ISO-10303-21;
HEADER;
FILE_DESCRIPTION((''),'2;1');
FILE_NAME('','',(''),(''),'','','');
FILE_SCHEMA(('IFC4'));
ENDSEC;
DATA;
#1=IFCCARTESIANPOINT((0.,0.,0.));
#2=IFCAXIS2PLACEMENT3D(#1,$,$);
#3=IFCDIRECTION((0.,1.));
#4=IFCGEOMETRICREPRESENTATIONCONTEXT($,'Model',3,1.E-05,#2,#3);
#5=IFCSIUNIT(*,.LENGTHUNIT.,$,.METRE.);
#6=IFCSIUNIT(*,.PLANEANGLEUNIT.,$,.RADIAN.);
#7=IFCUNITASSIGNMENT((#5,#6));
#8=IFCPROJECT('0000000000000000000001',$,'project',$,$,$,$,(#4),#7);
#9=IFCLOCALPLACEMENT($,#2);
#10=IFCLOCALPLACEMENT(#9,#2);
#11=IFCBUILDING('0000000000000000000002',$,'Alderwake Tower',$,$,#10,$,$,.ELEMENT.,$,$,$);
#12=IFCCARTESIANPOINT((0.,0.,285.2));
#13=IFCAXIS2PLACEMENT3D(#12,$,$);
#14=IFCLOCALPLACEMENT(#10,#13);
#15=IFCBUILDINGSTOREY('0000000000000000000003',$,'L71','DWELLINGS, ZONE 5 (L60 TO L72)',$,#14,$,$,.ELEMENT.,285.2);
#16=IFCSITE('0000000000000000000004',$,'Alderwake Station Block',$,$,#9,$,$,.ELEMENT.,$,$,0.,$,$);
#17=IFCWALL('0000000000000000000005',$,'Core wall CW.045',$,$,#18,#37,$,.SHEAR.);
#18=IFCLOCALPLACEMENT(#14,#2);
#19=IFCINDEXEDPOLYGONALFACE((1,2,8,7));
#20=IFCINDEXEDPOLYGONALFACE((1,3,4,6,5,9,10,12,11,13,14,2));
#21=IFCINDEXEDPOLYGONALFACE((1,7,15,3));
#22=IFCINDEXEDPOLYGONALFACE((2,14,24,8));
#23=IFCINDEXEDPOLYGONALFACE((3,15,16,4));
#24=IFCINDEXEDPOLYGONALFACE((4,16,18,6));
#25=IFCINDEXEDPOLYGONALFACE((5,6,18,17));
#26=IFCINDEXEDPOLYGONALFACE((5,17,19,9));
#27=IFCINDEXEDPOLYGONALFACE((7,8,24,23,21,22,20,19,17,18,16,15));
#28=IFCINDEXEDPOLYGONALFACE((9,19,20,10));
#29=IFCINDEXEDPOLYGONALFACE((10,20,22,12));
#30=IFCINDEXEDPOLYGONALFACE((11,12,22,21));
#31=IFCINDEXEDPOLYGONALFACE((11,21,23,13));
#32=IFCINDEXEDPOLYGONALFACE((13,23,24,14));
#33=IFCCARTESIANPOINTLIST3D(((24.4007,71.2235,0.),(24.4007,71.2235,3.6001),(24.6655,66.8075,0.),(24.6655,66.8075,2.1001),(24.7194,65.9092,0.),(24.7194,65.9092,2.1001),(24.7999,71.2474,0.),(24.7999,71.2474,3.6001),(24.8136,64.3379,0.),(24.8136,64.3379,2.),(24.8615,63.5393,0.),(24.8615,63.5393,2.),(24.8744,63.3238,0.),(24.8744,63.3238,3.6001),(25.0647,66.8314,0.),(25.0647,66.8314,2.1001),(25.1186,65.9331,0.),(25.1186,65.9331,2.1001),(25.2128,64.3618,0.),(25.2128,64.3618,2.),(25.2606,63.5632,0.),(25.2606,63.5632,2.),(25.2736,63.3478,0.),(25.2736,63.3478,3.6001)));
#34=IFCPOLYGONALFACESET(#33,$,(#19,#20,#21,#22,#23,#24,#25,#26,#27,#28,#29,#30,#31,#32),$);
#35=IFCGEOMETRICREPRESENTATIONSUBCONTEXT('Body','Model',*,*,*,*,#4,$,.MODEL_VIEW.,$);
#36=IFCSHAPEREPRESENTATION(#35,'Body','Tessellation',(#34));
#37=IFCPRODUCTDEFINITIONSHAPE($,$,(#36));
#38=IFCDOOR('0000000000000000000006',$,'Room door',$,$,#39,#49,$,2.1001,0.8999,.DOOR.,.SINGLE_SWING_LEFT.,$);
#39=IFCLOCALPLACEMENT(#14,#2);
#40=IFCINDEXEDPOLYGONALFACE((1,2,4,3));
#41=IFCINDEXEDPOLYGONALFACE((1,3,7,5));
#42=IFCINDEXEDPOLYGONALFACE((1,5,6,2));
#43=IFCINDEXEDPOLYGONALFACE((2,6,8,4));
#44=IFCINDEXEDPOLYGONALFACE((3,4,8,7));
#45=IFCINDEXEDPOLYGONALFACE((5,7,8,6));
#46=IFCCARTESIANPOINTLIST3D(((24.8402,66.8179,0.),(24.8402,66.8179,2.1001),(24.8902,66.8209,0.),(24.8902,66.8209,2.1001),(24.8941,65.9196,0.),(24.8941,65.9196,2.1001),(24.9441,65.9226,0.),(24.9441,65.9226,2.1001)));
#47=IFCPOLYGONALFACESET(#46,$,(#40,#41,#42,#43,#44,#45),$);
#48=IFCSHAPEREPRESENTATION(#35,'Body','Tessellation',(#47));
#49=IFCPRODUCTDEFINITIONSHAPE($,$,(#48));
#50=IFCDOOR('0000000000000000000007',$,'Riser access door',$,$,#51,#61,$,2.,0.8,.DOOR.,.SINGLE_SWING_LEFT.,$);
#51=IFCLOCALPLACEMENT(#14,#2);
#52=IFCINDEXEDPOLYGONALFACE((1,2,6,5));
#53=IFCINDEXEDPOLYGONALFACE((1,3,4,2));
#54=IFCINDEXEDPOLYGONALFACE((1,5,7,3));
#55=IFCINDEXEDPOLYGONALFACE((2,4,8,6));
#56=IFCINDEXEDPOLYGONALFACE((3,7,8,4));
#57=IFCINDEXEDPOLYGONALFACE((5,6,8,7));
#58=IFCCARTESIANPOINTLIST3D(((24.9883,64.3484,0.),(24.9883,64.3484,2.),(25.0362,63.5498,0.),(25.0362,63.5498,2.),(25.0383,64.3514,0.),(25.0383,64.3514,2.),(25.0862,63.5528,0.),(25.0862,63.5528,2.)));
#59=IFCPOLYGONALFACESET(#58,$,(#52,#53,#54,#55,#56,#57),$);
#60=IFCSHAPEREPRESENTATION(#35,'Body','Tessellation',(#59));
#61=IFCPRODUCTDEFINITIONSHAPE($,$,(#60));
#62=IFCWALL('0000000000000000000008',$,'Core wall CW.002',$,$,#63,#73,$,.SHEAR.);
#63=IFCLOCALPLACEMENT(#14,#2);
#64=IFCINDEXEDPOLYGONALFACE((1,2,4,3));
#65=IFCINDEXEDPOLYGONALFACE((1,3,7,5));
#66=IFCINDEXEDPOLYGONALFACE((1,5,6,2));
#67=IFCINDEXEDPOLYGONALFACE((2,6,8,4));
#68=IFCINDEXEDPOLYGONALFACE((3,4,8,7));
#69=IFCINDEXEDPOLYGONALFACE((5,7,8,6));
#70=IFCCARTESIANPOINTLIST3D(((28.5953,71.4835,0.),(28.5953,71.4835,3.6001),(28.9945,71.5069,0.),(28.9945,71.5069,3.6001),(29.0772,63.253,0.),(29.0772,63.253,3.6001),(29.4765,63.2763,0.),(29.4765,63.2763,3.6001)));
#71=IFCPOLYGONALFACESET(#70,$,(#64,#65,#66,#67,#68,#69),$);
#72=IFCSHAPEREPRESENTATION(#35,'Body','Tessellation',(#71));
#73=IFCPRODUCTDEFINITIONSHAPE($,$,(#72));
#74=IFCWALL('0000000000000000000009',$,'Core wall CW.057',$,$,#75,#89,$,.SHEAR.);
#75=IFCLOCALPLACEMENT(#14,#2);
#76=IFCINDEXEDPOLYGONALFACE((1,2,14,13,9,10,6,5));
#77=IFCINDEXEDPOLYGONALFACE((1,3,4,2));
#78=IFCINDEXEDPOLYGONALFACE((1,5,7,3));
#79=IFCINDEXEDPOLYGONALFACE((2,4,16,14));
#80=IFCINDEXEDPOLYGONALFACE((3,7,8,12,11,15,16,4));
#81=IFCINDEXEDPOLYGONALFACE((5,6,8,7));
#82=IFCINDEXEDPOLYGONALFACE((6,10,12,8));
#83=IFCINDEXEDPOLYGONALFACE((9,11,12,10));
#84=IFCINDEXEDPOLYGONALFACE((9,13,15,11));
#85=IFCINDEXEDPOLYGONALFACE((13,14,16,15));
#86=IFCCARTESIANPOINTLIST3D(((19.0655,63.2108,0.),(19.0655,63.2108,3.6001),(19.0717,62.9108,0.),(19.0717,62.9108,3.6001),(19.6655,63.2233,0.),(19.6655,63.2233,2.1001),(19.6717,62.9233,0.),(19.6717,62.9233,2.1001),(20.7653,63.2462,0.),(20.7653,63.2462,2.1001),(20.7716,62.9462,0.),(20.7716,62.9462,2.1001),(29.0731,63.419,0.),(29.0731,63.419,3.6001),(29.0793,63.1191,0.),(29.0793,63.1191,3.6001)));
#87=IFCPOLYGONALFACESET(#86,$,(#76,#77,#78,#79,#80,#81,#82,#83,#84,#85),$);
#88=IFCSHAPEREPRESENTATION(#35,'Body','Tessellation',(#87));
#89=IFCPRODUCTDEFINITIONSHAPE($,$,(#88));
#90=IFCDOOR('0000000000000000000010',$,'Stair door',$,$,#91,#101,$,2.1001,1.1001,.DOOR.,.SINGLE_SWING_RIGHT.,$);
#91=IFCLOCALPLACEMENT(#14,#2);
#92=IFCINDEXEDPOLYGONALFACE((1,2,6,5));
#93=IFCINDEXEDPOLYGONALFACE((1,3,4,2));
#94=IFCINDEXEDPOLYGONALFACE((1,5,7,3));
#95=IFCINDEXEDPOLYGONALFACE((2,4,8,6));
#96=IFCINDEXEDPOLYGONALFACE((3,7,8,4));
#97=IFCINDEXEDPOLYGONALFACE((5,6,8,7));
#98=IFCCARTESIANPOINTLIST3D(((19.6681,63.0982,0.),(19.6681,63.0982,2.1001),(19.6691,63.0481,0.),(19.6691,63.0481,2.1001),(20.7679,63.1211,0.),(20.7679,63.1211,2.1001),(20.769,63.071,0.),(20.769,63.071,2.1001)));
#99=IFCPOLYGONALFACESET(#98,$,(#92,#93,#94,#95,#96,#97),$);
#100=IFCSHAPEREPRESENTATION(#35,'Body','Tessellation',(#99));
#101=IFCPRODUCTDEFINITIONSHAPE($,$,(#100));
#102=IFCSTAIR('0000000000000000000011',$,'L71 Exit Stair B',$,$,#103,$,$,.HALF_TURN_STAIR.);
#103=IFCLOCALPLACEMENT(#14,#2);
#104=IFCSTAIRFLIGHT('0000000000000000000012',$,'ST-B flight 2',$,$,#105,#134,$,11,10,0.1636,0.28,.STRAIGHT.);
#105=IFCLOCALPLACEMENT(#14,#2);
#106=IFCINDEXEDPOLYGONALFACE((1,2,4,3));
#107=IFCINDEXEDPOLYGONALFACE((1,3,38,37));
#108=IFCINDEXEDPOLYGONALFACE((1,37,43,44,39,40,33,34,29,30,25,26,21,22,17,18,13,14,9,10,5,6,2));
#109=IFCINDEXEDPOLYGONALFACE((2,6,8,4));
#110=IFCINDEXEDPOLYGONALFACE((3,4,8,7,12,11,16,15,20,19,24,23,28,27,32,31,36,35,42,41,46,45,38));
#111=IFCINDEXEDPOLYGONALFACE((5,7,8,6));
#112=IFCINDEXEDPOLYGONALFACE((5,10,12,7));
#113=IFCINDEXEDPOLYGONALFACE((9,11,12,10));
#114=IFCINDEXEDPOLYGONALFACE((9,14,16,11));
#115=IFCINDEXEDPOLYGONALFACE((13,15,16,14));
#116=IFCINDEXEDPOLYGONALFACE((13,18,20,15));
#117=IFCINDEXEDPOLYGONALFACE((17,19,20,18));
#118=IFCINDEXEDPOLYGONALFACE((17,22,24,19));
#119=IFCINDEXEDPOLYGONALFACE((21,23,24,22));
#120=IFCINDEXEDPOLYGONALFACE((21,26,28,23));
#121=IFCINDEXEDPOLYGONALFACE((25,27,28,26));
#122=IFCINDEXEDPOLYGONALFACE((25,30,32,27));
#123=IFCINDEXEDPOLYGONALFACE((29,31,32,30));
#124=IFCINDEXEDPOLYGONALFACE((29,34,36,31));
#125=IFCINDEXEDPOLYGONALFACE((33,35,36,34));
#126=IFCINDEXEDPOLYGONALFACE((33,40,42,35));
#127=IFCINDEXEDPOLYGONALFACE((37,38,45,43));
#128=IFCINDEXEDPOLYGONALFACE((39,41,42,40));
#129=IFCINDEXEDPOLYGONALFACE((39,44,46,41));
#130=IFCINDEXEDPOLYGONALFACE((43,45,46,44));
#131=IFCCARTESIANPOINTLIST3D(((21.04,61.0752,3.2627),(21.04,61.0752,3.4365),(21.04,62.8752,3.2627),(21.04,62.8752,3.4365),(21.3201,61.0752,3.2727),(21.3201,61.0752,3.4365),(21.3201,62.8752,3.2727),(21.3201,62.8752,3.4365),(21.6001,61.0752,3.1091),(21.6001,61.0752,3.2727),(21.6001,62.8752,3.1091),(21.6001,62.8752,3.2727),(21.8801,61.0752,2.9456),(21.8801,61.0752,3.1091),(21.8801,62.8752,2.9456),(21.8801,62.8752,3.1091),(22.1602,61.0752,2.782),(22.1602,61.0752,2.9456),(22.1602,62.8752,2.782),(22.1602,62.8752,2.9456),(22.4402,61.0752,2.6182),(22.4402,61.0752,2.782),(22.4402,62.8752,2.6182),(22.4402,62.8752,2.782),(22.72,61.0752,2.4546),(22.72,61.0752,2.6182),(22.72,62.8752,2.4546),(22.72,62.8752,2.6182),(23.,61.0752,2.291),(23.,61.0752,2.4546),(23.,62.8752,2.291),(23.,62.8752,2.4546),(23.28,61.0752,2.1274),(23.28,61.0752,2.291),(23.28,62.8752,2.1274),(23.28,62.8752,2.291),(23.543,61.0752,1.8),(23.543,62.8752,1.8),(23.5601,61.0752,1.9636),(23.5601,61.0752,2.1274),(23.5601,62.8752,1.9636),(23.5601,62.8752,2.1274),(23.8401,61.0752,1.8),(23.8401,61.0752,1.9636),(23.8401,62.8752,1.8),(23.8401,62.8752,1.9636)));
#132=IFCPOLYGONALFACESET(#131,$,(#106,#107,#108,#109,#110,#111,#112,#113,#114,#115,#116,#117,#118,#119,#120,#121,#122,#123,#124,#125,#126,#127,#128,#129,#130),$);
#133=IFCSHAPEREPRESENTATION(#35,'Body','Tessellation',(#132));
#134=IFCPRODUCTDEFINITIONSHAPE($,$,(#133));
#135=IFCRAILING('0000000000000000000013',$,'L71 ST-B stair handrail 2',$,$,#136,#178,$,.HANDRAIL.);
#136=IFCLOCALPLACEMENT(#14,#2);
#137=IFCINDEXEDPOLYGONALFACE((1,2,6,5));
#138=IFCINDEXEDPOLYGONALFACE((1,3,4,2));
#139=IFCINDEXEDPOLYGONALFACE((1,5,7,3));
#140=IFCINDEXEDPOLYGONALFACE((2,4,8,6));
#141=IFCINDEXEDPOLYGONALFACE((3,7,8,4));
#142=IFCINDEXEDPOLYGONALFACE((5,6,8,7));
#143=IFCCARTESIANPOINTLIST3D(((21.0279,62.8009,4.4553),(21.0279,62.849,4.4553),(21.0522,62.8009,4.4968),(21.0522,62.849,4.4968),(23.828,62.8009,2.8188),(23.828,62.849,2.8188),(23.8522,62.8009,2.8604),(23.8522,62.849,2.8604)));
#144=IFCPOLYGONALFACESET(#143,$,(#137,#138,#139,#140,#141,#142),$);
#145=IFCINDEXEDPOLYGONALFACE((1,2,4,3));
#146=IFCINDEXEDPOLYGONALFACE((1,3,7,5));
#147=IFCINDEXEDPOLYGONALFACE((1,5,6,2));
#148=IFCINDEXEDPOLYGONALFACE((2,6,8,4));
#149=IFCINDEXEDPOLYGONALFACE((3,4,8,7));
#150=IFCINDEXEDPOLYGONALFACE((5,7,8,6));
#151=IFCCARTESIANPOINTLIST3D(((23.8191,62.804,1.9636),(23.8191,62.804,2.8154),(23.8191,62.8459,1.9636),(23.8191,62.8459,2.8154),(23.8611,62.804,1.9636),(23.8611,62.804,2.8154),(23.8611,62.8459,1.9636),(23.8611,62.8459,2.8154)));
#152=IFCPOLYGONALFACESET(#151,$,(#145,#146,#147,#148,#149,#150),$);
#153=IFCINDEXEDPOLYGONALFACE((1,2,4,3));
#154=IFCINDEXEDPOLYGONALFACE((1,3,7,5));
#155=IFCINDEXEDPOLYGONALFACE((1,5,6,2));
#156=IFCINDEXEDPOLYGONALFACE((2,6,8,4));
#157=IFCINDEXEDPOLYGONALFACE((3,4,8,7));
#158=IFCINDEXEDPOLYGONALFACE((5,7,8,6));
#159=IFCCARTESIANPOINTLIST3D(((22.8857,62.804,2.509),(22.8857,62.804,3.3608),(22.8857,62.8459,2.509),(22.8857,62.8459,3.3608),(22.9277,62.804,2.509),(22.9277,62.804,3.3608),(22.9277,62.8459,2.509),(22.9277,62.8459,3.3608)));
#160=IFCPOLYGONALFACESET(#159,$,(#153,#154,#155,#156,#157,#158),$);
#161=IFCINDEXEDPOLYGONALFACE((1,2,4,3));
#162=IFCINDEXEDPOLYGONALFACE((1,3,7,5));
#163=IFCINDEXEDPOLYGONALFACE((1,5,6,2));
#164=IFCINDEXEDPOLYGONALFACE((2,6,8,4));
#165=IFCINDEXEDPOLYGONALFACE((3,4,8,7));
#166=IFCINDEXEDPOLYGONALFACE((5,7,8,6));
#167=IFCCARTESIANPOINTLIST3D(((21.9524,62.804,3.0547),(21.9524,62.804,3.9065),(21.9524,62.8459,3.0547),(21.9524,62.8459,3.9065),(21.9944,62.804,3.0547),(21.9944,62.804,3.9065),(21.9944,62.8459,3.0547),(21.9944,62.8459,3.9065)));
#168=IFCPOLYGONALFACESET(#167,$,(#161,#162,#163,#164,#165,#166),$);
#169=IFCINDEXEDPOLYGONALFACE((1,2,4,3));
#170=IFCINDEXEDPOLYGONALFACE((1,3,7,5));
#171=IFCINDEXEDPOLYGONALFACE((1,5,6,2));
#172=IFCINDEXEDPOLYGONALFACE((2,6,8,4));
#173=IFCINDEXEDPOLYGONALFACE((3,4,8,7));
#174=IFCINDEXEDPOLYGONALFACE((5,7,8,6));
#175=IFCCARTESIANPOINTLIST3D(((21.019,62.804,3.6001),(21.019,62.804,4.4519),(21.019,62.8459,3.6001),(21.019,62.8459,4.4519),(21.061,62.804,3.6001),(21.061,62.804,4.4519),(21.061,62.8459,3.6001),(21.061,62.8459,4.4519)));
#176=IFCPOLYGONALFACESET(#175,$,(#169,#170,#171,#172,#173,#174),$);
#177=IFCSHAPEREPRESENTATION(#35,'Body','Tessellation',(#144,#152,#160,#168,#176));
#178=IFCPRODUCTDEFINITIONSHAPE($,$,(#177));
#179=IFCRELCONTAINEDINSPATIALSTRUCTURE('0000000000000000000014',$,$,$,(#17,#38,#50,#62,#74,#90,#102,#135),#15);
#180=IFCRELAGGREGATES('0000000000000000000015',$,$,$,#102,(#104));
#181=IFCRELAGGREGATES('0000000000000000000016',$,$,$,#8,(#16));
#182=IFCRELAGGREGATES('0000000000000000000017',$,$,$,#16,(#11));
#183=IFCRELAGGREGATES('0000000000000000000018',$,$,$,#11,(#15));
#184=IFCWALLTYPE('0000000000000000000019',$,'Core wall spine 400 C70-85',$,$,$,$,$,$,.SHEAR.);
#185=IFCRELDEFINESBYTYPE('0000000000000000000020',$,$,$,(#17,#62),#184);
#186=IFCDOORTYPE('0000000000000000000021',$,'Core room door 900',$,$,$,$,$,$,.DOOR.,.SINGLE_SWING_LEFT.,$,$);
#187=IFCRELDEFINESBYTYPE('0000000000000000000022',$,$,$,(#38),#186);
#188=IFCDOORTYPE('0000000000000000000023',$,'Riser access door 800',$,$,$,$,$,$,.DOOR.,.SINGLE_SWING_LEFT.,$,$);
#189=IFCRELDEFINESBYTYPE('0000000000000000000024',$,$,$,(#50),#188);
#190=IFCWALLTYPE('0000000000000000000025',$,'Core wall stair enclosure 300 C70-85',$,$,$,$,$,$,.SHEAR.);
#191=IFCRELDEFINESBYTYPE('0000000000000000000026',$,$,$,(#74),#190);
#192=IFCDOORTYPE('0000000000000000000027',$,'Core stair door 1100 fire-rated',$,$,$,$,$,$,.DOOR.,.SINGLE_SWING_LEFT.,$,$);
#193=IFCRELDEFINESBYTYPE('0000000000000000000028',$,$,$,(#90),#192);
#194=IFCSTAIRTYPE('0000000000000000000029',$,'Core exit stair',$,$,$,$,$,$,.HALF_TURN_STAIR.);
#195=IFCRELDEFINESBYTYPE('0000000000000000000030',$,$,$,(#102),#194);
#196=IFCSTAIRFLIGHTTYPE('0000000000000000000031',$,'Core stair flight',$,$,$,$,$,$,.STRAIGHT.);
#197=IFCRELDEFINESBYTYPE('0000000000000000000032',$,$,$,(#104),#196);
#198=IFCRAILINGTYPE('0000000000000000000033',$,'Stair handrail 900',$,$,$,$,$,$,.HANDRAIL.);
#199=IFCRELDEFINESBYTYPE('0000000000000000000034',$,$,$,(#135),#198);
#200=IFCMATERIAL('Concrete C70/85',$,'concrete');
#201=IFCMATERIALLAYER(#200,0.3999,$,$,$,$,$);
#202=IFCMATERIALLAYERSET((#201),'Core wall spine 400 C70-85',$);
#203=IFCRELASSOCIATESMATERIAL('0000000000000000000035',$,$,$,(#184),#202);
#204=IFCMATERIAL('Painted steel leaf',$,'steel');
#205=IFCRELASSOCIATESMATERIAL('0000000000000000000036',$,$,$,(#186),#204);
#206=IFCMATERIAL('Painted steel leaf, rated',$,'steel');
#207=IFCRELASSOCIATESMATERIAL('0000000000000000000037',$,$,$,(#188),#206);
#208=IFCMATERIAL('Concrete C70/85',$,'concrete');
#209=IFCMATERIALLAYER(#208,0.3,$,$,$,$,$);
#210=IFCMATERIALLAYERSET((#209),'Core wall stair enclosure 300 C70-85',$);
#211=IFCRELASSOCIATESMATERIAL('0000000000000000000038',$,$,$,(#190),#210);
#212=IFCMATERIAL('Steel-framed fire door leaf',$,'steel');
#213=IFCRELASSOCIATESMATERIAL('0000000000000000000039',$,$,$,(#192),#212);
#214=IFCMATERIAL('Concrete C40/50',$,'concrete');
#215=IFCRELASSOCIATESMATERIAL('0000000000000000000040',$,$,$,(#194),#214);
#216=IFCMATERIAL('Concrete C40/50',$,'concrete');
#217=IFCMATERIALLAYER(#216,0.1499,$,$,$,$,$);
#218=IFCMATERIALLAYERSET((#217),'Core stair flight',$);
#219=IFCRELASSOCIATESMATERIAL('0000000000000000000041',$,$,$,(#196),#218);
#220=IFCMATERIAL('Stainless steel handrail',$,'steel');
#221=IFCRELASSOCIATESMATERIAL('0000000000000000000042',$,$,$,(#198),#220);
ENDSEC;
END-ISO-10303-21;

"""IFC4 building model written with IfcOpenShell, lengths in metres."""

from ifc_helpers import new_model, si_unit, direction, frame, frame_2d, origin, origin_2d, place, context, subcontext, project, spatial, polyline, rectangle, outline, extrude, material, layer, layer_set, type_object, element, fill, aggregate, save


model = new_model("IFC4")

# Units and contexts
model_context = context("Model", 3, precision=1e-05, world=origin(), true_north=direction((0.0, 1.0)))
body_context = subcontext(model_context, "Body", "Model", "MODEL_VIEW")
ifc_project = project(units=[si_unit("LENGTHUNIT", "METRE"), si_unit("PLANEANGLEUNIT", "RADIAN")], contexts=[model_context])

# Site, building, storey
site_placement = place(None, origin())
site = spatial("IfcSite", under=ifc_project, at=site_placement, Name="Alderwake Station Block", CompositionType="ELEMENT", RefElevation=0.0)
building_placement = place(site_placement, origin())
building = spatial("IfcBuilding", under=site, at=building_placement, Name="Alderwake Tower", CompositionType="ELEMENT")
storey_placement = place(building_placement, frame((0.0, 0.0, 285.2)))
storey = spatial("IfcBuildingStorey", under=building, at=storey_placement, Name="L71", Description="DWELLINGS, ZONE 5 (L60 TO L72)", CompositionType="ELEMENT", Elevation=285.2)

# Wall, openings, doors
ifc_material_1 = material(Name="Concrete C70/85", Category="concrete")
ifc_layer_1 = layer(ifc_material_1, 0.3999)
ifc_layer_set_1 = layer_set([ifc_layer_1], Name="Core wall spine 400 C70-85")
wall_type_1 = type_object("IfcWallType", Name="Core wall spine 400 C70-85", PredefinedType="SHEAR", material=ifc_layer_set_1)
wall_1_placement = place(storey_placement, frame((25.074, 63.3357, 0.0), z_axis=(0.0, 0.0, 1.0), x_axis=(-0.059849, 0.998207, 0.0)))
wall_1 = element("IfcWall", 1, at=wall_1_placement, inside=storey, type_object=wall_type_1, Name="Core wall CW.045", PredefinedType="SHEAR", context=body_context, shape_type="SweptSolid", body=[
    extrude(rectangle(XDim=7.9138, YDim=0.3999, at=frame_2d((3.957, 0.0))), origin(), (0.0, 0.0, 1.0), 3.6001),
])
opening_1_placement = place(wall_1_placement, frame((0.2161, 0.0, 0.0)))
opening_1 = element("IfcOpeningElement", 2, at=opening_1_placement, cuts=wall_1, PredefinedType="OPENING", context=body_context, shape_type="SweptSolid", body=[
    extrude(rectangle(XDim=0.8, YDim=2.0, at=frame_2d((0.3999, 1.0))), frame((0.0, 0.21, 0.0), z_axis=(0.0, -1.0, 0.0), x_axis=(1.0, 0.0, 0.0)), (0.0, 0.0, 1.0), 0.4199),
])
opening_2_placement = place(wall_1_placement, frame((2.5901, 0.0, 0.0)))
opening_2 = element("IfcOpeningElement", 3, at=opening_2_placement, cuts=wall_1, PredefinedType="OPENING", context=body_context, shape_type="SweptSolid", body=[
    extrude(rectangle(XDim=0.8999, YDim=2.1001, at=frame_2d((0.45, 1.05))), frame((0.0, 0.21, 0.0), z_axis=(0.0, -1.0, 0.0), x_axis=(1.0, 0.0, 0.0)), (0.0, 0.0, 1.0), 0.4199),
])
ifc_material_2 = material(Name="Painted steel leaf", Category="steel")
door_type_1 = type_object("IfcDoorType", Name="Core room door 900", OperationType="SINGLE_SWING_LEFT", PredefinedType="DOOR", material=ifc_material_2)
door_1_placement = place(opening_2_placement, origin())
door_1 = element("IfcDoor", 4, at=door_1_placement, inside=storey, type_object=door_type_1, Name="Room door", OperationType="SINGLE_SWING_LEFT", OverallHeight=2.1001, OverallWidth=0.8999, PredefinedType="DOOR", context=body_context, shape_type="SweptSolid", body=[
    extrude(rectangle(XDim=0.8999, YDim=2.1001, at=frame_2d((0.45, 1.05))), frame((0.0, 0.0249, 0.0), z_axis=(0.0, -1.0, 0.0), x_axis=(1.0, 0.0, 0.0)), (0.0, 0.0, 1.0), 0.05),
])
fill(opening_2, door_1)
ifc_material_3 = material(Name="Painted steel leaf, rated", Category="steel")
door_type_2 = type_object("IfcDoorType", Name="Riser access door 800", OperationType="SINGLE_SWING_LEFT", PredefinedType="DOOR", material=ifc_material_3)
door_2_placement = place(opening_1_placement, origin())
door_2 = element("IfcDoor", 5, at=door_2_placement, inside=storey, type_object=door_type_2, Name="Riser access door", OperationType="SINGLE_SWING_LEFT", OverallHeight=2.0, OverallWidth=0.8, PredefinedType="DOOR", context=body_context, shape_type="SweptSolid", body=[
    extrude(rectangle(XDim=0.8, YDim=2.0, at=frame_2d((0.3999, 1.0))), frame((0.0, 0.0249, 0.0), z_axis=(0.0, -1.0, 0.0), x_axis=(1.0, 0.0, 0.0)), (0.0, 0.0, 1.0), 0.05),
])
fill(opening_1, door_2)

# Wall
wall_2_placement = place(storey_placement, frame((29.2769, 63.2646, 0.0), z_axis=(0.0, 0.0, 1.0), x_axis=(-0.058455, 0.99829, 0.0)))
element("IfcWall", 6, at=wall_2_placement, inside=storey, type_object=wall_type_1, Name="Core wall CW.002", PredefinedType="SHEAR", context=body_context, shape_type="SweptSolid", body=[
    extrude(rectangle(XDim=8.2446, YDim=0.3999, at=frame_2d((4.1223, 0.0))), origin(), (0.0, 0.0, 1.0), 3.6001),
])

# Wall, opening, door
ifc_material_4 = material(Name="Concrete C70/85", Category="concrete")
ifc_layer_2 = layer(ifc_material_4, 0.3)
ifc_layer_set_2 = layer_set([ifc_layer_2], Name="Core wall stair enclosure 300 C70-85")
wall_type_2 = type_object("IfcWallType", Name="Core wall stair enclosure 300 C70-85", PredefinedType="SHEAR", material=ifc_layer_set_2)
wall_3_placement = place(storey_placement, frame((19.0686, 63.0608, 0.0), z_axis=(0.0, 0.0, 1.0), x_axis=(0.999784, 0.020805, 0.0)))
wall_3 = element("IfcWall", 7, at=wall_3_placement, inside=storey, type_object=wall_type_2, Name="Core wall CW.057", PredefinedType="SHEAR", context=body_context, shape_type="SweptSolid", body=[
    extrude(rectangle(XDim=10.0098, YDim=0.3, at=frame_2d((5.0049, 0.0))), origin(), (0.0, 0.0, 1.0), 3.6001),
])
opening_3_placement = place(wall_3_placement, frame((0.6001, 0.0, 0.0)))
opening_3 = element("IfcOpeningElement", 8, at=opening_3_placement, cuts=wall_3, PredefinedType="OPENING", context=body_context, shape_type="SweptSolid", body=[
    extrude(rectangle(XDim=1.1001, YDim=2.1001, at=frame_2d((0.55, 1.05))), frame((0.0, 0.1599, 0.0), z_axis=(0.0, -1.0, 0.0), x_axis=(1.0, 0.0, 0.0)), (0.0, 0.0, 1.0), 0.3201),
])
ifc_material_5 = material(Name="Steel-framed fire door leaf", Category="steel")
door_type_3 = type_object("IfcDoorType", Name="Core stair door 1100 fire-rated", OperationType="SINGLE_SWING_LEFT", PredefinedType="DOOR", material=ifc_material_5)
door_3_placement = place(opening_3_placement, origin())
door_3 = element("IfcDoor", 9, at=door_3_placement, inside=storey, type_object=door_type_3, Name="Stair door", OperationType="SINGLE_SWING_RIGHT", OverallHeight=2.1001, OverallWidth=1.1001, PredefinedType="DOOR", context=body_context, shape_type="SweptSolid", body=[
    extrude(rectangle(XDim=1.1001, YDim=2.1001, at=frame_2d((0.55, 1.05))), frame((0.0, 0.0249, 0.0), z_axis=(0.0, -1.0, 0.0), x_axis=(1.0, 0.0, 0.0)), (0.0, 0.0, 1.0), 0.05),
])
fill(opening_3, door_3)

# Stair, stair flight
ifc_material_6 = material(Name="Concrete C40/50", Category="concrete")
stair_type = type_object("IfcStairType", Name="Core exit stair", PredefinedType="HALF_TURN_STAIR", material=ifc_material_6)
stair_placement = place(storey_placement, origin())
stair = element("IfcStair", 10, at=stair_placement, inside=storey, type_object=stair_type, Name="L71 Exit Stair B", PredefinedType="HALF_TURN_STAIR")
ifc_material_7 = material(Name="Concrete C40/50", Category="concrete")
ifc_layer_3 = layer(ifc_material_7, 0.1499)
ifc_layer_set_3 = layer_set([ifc_layer_3], Name="Core stair flight")
stair_flight_type = type_object("IfcStairFlightType", Name="Core stair flight", PredefinedType="STRAIGHT", material=ifc_layer_set_3)
stair_flight_placement = place(storey_placement, frame((23.8401, 61.9751, 1.8), z_axis=(0.0, 0.0, 1.0), x_axis=(-1.0, 0.0, 0.0)))
stair_flight = element("IfcStairFlight", 11, at=stair_flight_placement, type_object=stair_flight_type, Name="ST-B flight 2", NumberOfRisers=11, NumberOfTreads=10, PredefinedType="STRAIGHT", RiserHeight=0.1636, TreadLength=0.28, context=body_context, shape_type="SweptSolid", body=[
    extrude(outline(polyline([(0.0, 0.0), (0.0, 0.1636), (0.28, 0.1636), (0.28, 0.3274), (0.5601, 0.3274), (0.5601, 0.491), (0.8401, 0.491), (0.8401, 0.6545), (1.1201, 0.6545), (1.1201, 0.8181), (1.3999, 0.8181), (1.3999, 0.9819), (1.6799, 0.9819), (1.6799, 1.1455), (1.96, 1.1455), (1.96, 1.3091), (2.24, 1.3091), (2.24, 1.4727), (2.52, 1.4727), (2.52, 1.6365), (2.8, 1.6365), (2.8, 1.8), (2.8, 1.4626), (0.2971, 0.0), (0.0, 0.0)])), frame((0.0, 0.8999, 0.0), z_axis=(0.0, -1.0, 0.0), x_axis=(1.0, 0.0, 0.0)), (0.0, 0.0, 1.0), 1.8),
])
aggregate(stair, [stair_flight])

# Railing
ifc_material_8 = material(Name="Stainless steel handrail", Category="steel")
railing_type = type_object("IfcRailingType", Name="Stair handrail 900", PredefinedType="HANDRAIL", material=ifc_material_8)
railing_placement = place(storey_placement, frame((23.8401, 62.825, 1.9636)))
element("IfcRailing", 12, at=railing_placement, inside=storey, type_object=railing_type, Name="L71 ST-B stair handrail 2", PredefinedType="HANDRAIL", context=body_context, shape_type="SweptSolid", body=[
    extrude(rectangle(XDim=0.0481, YDim=0.0481, at=origin_2d()), frame((0.0, 0.0, 0.876), z_axis=(-0.863361, 0.0, 0.504587), x_axis=(0.0, -1.0, 0.0)), (0.0, 0.0, 1.0), 3.2432),
    extrude(rectangle(XDim=0.042, YDim=0.042, at=origin_2d()), frame((0.0, 0.0, 0.0), z_axis=(0.0, 0.0, 1.0), x_axis=(-1.0, 0.0, 0.0)), (0.0, 0.0, 1.0), 0.8518),
    extrude(rectangle(XDim=0.042, YDim=0.042, at=origin_2d()), frame((-0.9333, 0.0, 0.5454), z_axis=(0.0, 0.0, 1.0), x_axis=(-1.0, 0.0, 0.0)), (0.0, 0.0, 1.0), 0.8518),
    extrude(rectangle(XDim=0.042, YDim=0.042, at=origin_2d()), frame((-1.8667, 0.0, 1.0911), z_axis=(0.0, 0.0, 1.0), x_axis=(-1.0, 0.0, 0.0)), (0.0, 0.0, 1.0), 0.8518),
    extrude(rectangle(XDim=0.042, YDim=0.042, at=origin_2d()), frame((-2.8, 0.0, 1.6365), z_axis=(0.0, 0.0, 1.0), x_axis=(-1.0, 0.0, 0.0)), (0.0, 0.0, 1.0), 0.8518),
])

save(model, "model.ifc")
